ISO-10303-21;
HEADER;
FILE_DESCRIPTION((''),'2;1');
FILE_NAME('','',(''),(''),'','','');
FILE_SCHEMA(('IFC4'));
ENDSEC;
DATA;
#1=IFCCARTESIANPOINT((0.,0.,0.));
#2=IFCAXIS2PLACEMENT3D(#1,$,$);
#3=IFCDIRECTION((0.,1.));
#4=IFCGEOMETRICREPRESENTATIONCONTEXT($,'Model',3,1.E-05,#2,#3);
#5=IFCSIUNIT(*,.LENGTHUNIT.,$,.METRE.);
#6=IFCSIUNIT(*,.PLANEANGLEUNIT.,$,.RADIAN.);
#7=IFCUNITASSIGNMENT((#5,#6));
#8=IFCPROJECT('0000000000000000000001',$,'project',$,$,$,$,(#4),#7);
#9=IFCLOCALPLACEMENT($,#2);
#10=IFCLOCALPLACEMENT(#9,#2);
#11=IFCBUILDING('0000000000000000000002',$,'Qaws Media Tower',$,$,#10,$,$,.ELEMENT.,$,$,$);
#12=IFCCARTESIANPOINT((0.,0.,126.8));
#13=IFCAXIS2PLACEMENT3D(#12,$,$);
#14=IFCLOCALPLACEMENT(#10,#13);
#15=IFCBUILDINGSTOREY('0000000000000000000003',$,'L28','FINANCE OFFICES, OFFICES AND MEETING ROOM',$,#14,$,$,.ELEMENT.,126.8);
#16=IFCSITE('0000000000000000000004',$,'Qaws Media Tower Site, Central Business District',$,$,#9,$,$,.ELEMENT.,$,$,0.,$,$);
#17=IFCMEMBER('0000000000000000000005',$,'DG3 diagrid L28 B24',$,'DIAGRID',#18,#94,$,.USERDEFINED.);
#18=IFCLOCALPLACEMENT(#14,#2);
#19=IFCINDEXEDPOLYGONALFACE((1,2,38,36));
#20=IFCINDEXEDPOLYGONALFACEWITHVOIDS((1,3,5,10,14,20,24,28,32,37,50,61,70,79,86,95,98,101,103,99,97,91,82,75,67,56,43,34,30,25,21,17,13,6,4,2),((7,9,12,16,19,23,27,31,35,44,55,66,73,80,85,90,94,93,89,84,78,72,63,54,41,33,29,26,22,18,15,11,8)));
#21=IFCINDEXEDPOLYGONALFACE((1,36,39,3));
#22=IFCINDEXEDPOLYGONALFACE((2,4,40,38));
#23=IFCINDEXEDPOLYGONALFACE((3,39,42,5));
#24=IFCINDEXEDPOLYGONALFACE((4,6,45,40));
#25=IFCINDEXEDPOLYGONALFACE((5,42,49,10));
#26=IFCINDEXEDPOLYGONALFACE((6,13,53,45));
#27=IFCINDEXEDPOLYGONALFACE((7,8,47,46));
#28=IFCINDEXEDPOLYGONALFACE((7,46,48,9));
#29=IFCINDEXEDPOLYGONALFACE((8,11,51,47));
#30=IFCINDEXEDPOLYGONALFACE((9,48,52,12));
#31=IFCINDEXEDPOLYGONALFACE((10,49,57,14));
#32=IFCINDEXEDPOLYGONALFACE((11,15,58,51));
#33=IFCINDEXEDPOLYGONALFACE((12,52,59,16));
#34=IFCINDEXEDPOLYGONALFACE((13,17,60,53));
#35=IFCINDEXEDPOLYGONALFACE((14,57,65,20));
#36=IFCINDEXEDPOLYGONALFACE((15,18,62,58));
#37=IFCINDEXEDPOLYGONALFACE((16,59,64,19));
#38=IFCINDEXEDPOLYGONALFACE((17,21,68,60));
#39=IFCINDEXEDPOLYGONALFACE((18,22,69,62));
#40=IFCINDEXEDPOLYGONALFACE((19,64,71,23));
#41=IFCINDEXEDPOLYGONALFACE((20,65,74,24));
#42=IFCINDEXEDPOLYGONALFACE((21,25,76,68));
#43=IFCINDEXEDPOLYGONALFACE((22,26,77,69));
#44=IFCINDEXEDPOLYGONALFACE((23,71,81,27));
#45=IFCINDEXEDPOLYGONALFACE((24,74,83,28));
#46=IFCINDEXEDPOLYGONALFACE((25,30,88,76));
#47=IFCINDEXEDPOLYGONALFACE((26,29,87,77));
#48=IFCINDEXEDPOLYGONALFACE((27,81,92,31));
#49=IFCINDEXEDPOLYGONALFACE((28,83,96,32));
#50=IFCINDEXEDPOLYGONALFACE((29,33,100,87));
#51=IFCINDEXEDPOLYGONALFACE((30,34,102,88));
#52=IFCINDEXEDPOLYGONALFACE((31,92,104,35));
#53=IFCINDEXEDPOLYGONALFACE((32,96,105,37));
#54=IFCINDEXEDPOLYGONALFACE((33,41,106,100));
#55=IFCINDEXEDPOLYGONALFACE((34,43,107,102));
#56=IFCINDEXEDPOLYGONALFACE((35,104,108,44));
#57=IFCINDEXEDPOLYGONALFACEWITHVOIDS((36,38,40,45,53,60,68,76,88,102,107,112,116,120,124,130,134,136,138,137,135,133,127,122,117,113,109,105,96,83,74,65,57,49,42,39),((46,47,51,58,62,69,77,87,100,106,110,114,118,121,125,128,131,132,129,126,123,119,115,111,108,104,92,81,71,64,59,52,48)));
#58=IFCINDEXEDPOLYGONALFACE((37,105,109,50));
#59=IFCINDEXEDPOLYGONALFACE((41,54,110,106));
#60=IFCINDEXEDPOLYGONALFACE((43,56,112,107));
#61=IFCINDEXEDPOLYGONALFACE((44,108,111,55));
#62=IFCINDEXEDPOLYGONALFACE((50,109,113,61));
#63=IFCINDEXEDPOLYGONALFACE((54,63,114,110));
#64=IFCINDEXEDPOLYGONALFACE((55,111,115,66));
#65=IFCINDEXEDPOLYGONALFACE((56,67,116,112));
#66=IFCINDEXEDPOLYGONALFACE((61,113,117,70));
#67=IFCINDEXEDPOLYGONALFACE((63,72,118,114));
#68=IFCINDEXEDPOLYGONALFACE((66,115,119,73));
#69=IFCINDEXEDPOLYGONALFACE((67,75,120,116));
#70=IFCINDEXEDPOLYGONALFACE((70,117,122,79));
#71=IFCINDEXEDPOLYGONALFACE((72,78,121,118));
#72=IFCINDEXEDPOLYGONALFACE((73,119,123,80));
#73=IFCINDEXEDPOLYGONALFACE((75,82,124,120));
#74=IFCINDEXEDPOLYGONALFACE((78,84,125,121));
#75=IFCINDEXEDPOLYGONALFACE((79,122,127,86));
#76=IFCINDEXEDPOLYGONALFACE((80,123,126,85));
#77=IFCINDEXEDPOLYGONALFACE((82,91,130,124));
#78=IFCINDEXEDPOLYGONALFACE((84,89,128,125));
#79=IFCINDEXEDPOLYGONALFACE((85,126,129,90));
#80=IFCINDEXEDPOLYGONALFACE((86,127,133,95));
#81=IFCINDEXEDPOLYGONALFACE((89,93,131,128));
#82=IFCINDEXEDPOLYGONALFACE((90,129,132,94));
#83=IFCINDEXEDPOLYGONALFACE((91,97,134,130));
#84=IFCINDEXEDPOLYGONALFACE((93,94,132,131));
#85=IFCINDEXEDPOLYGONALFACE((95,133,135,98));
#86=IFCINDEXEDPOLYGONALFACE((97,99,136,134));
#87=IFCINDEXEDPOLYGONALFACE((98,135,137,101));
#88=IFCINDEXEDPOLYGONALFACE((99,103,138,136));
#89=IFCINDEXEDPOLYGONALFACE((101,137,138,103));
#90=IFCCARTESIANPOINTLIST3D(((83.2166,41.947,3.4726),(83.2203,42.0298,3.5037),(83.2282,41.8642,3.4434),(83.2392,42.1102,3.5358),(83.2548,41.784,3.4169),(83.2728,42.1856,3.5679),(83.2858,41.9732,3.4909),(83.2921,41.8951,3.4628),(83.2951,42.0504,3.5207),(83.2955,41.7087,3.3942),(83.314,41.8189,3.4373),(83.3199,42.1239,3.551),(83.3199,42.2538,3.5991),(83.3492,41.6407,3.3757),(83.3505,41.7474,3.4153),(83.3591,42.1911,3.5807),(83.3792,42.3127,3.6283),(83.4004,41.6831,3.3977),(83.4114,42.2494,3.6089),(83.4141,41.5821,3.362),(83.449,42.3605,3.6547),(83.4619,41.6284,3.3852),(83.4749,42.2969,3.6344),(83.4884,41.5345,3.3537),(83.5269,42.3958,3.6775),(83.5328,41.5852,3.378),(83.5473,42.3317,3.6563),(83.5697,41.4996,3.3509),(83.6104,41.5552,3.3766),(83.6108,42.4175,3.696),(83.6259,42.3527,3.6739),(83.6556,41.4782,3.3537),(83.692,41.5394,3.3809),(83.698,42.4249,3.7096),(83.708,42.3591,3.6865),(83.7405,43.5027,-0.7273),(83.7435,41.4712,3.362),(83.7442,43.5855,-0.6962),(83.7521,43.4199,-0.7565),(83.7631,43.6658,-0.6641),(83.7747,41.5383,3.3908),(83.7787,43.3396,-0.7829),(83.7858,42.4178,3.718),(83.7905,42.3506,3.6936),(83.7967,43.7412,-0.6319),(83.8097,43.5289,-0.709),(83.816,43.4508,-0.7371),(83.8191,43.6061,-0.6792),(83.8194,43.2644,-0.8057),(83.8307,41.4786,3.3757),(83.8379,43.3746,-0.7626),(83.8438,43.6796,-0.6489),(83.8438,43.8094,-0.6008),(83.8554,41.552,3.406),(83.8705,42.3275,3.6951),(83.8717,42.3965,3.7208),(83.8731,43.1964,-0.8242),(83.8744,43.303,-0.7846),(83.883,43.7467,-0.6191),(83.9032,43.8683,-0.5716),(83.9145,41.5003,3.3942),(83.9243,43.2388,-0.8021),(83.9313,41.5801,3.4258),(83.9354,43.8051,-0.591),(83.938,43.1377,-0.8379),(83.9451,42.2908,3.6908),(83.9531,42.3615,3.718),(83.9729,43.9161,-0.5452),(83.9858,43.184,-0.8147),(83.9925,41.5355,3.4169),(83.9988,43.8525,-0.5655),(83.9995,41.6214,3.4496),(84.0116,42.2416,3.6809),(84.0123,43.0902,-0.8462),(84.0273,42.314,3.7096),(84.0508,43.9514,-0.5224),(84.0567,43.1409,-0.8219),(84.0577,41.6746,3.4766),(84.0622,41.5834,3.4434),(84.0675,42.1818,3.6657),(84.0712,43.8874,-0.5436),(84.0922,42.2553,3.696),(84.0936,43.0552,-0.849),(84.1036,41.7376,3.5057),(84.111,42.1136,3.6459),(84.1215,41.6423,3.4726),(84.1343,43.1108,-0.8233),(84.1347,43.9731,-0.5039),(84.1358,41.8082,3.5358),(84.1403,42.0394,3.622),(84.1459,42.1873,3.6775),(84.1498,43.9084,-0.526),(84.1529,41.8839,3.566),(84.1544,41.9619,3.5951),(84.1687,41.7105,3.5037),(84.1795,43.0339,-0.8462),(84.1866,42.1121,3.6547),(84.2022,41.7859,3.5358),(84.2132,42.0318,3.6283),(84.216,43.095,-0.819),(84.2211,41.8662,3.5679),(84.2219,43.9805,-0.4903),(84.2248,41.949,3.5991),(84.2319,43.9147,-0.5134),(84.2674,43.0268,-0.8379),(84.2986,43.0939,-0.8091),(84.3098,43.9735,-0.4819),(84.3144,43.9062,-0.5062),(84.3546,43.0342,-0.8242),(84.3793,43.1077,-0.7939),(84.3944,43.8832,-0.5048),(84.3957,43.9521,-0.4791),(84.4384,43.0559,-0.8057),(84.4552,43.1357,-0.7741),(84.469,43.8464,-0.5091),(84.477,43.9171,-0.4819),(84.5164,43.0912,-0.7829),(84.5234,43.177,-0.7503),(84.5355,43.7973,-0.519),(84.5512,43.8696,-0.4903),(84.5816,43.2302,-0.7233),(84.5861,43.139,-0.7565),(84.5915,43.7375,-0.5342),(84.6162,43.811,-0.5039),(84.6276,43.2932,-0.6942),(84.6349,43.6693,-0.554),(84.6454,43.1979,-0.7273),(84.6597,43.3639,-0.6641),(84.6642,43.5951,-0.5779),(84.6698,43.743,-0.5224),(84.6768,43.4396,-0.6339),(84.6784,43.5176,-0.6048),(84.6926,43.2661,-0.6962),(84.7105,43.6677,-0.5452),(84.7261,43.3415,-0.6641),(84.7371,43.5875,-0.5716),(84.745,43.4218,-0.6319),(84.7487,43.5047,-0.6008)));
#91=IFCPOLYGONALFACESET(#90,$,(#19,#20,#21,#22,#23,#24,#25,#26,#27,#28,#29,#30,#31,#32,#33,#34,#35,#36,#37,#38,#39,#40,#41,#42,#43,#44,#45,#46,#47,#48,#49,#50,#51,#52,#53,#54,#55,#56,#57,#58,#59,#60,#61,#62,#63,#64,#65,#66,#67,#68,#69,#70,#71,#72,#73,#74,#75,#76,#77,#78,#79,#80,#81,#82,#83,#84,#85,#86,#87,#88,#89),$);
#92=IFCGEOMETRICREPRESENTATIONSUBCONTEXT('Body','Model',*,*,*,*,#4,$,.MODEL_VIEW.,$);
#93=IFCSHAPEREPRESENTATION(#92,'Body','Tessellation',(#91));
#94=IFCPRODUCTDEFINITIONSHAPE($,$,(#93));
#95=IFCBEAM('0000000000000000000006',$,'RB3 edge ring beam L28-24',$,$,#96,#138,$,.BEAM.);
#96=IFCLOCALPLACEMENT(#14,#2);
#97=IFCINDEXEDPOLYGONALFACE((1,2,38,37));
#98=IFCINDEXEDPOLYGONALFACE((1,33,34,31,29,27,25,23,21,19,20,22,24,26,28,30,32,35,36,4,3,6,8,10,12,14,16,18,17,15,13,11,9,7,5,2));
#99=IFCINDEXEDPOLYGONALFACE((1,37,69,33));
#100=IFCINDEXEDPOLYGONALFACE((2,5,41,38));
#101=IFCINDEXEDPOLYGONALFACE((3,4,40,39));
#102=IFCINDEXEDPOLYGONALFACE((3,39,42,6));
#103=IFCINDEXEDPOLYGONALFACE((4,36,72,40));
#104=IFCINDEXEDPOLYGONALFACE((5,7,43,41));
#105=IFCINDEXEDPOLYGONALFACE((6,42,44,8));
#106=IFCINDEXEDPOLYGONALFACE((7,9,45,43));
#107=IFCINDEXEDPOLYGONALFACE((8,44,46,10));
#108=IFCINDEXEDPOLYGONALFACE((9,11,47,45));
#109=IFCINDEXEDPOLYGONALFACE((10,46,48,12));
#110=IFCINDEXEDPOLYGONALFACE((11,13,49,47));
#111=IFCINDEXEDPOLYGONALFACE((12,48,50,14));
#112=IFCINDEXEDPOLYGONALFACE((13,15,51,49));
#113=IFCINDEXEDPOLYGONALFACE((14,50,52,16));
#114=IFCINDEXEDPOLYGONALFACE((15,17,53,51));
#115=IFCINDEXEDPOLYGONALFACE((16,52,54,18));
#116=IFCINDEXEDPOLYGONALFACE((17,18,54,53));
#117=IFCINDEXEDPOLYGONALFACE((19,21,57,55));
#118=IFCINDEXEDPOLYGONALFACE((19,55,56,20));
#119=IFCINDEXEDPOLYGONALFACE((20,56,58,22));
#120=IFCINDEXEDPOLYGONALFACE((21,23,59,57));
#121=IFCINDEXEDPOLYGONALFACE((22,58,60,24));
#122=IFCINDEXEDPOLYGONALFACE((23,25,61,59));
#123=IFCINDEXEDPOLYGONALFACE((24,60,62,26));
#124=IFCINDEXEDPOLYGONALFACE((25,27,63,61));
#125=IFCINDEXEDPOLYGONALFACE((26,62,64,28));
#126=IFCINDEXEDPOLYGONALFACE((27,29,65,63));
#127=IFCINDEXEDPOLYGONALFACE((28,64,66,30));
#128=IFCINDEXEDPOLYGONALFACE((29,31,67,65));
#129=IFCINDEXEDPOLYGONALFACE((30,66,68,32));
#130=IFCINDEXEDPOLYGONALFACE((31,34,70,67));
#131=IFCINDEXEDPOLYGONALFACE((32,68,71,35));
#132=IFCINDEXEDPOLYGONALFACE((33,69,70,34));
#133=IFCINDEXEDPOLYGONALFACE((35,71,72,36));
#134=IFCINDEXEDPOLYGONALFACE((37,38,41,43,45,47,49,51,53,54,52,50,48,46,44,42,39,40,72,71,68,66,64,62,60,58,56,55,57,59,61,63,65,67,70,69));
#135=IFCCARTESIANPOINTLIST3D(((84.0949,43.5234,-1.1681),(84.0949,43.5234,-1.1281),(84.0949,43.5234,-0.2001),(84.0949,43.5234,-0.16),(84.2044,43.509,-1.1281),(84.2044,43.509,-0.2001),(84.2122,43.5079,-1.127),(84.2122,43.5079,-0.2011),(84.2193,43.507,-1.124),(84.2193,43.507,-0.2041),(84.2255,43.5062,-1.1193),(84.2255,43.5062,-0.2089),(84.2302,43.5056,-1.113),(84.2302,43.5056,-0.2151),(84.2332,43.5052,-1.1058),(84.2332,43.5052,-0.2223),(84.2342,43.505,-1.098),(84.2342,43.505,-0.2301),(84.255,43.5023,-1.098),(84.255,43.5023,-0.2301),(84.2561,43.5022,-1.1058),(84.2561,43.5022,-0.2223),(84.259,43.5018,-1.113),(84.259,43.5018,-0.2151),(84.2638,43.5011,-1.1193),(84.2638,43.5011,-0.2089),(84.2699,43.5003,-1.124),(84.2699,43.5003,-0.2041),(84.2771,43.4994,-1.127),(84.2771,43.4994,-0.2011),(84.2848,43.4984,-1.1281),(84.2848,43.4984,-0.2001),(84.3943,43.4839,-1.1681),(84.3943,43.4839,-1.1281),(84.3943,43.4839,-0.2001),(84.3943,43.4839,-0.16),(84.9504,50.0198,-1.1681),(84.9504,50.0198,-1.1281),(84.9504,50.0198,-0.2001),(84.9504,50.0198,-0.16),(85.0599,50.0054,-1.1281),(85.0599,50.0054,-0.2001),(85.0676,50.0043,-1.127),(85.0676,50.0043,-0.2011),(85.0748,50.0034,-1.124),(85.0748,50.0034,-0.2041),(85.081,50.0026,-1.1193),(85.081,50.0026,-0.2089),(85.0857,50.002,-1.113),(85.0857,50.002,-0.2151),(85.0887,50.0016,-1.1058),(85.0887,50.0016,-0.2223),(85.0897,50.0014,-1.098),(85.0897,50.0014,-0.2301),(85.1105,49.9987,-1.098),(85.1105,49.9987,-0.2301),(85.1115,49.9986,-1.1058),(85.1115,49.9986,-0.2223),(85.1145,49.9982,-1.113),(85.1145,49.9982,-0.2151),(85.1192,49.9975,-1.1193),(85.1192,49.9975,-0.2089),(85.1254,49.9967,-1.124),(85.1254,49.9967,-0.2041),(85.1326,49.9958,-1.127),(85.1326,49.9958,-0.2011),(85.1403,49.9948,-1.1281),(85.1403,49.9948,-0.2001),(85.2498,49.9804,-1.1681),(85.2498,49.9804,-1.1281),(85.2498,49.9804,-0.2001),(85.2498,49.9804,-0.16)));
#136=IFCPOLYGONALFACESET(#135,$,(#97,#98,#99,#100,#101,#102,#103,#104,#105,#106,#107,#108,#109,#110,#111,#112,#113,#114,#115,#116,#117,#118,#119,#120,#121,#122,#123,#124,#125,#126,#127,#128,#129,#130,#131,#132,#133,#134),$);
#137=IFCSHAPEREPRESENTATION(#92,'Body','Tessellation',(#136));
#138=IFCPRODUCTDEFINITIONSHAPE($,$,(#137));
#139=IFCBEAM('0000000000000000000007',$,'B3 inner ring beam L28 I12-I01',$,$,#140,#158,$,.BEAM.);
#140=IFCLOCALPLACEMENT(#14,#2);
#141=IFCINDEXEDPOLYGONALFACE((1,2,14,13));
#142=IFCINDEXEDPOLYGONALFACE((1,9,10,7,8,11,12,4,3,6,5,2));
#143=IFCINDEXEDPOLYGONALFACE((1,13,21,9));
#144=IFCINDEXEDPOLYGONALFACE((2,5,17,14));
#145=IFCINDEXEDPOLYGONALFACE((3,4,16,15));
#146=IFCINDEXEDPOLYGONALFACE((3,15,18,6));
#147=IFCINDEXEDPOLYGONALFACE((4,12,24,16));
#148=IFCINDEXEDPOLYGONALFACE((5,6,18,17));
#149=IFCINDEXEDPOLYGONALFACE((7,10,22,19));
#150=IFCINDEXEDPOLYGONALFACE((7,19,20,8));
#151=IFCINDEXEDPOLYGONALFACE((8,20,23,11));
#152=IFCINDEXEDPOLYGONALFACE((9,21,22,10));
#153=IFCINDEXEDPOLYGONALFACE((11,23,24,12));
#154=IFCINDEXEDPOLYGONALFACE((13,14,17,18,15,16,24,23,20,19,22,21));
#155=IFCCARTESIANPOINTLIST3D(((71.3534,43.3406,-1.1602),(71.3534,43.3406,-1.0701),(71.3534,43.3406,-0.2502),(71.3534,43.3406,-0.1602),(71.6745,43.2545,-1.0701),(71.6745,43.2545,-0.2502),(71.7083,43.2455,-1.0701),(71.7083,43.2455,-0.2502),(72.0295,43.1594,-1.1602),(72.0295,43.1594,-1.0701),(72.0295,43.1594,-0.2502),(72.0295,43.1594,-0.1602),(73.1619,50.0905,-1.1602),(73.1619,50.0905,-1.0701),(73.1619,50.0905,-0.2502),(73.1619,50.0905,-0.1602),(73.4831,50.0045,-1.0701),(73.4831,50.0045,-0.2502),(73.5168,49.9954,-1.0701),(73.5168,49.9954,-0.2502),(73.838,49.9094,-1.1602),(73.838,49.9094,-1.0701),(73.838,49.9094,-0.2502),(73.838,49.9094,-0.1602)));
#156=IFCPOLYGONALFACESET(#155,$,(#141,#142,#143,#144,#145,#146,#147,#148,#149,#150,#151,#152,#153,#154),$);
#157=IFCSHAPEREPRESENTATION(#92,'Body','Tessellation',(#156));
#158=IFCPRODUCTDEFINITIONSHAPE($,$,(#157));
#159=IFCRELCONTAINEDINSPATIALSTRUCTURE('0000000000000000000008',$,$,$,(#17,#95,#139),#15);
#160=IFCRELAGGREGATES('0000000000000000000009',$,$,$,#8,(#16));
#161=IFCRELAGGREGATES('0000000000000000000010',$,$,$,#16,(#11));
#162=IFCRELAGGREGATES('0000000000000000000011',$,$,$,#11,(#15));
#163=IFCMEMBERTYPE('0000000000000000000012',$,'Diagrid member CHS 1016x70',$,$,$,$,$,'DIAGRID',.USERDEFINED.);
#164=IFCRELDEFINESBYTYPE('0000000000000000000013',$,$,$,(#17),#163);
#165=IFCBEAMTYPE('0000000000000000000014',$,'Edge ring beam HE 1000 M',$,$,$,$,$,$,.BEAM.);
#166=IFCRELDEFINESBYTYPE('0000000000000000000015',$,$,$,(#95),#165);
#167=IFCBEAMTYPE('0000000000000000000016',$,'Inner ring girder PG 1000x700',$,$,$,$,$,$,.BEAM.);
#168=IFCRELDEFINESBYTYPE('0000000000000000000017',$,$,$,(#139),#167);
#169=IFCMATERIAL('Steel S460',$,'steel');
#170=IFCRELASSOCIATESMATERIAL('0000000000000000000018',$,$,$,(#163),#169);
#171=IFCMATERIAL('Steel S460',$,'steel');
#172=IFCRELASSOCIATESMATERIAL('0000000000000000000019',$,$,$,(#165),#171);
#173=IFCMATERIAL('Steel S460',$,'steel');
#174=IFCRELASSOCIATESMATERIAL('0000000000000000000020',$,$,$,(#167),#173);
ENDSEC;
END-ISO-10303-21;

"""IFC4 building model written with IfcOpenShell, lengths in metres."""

from ifc_helpers import new_model, si_unit, direction, frame, origin, origin_2d, place, context, subcontext, project, spatial, hollow_circle, i_section, extrude, material, material_profile, profile_set, type_object, element, save


model = new_model("IFC4")

# Units and contexts
model_context = context("Model", 3, precision=1e-05, world=origin(), true_north=direction((0.0, 1.0)))
body_context = subcontext(model_context, "Body", "Model", "MODEL_VIEW")
ifc_project = project(units=[si_unit("LENGTHUNIT", "METRE"), si_unit("PLANEANGLEUNIT", "RADIAN")], contexts=[model_context])

# Site, building, storey
site_placement = place(None, origin())
site = spatial("IfcSite", under=ifc_project, at=site_placement, Name="Qaws Media Tower Site, Central Business District", CompositionType="ELEMENT", RefElevation=0.0)
building_placement = place(site_placement, origin())
building = spatial("IfcBuilding", under=site, at=building_placement, Name="Qaws Media Tower", CompositionType="ELEMENT")
storey_placement = place(building_placement, frame((0.0, 0.0, 126.8)))
storey = spatial("IfcBuildingStorey", under=building, at=storey_placement, Name="L28", Description="FINANCE OFFICES, OFFICES AND MEETING ROOM", CompositionType="ELEMENT", Elevation=126.8)

# Member
ifc_material_1 = material(Name="Steel S460", Category="steel")
ifc_material_profile_1 = material_profile(ifc_material_1, hollow_circle(Radius=0.5081, WallThickness=0.0701, at=origin_2d()), Name="CHS 1016x70")
ifc_profile_set_1 = profile_set([ifc_material_profile_1], Name="Steel S460")
member_type_1 = type_object("IfcMemberType", Name="Diagrid member CHS 1016x70", ElementType="DIAGRID", PredefinedType="USERDEFINED", material=ifc_profile_set_1)
for number, where, z_axis, x_axis, name in (
    (1, (84.2446, 43.5037, -0.6641), (-0.116187, -0.344987, 0.931389), (0.947697, -0.319171, 0.0), "DG3 diagrid L28 B24"),
):
    element("IfcMember", number, at=place(storey_placement, frame(where, z_axis=z_axis, x_axis=x_axis)), inside=storey, type_object=member_type_1, Name=name, ObjectType="DIAGRID", PredefinedType="USERDEFINED", context=body_context, shape_type="SweptSolid", body=[
        extrude(hollow_circle(Radius=0.5081, WallThickness=0.0701, at=origin_2d()), origin(), (0.0, 0.0, 1.0), 4.5093),
    ])

# Beams
ifc_material_2 = material(Name="Steel S460", Category="steel")
ifc_material_profile_2 = material_profile(ifc_material_2, i_section(OverallWidth=0.302, OverallDepth=1.0081, WebThickness=0.021, FlangeThickness=0.04, FilletRadius=0.03, at=origin_2d()), Name="HE 1000 M")
ifc_profile_set_2 = profile_set([ifc_material_profile_2], Name="Steel S460")
beam_type_1 = type_object("IfcBeamType", Name="Edge ring beam HE 1000 M", PredefinedType="BEAM", material=ifc_profile_set_2)
beam_1_placement = place(storey_placement, frame((84.2446, 43.5037, -0.6641), z_axis=(0.130558, 0.991441, 0.0), x_axis=(-0.991441, 0.130558, 0.0)))
element("IfcBeam", 2, at=beam_1_placement, inside=storey, type_object=beam_type_1, Name="RB3 edge ring beam L28-24", PredefinedType="BEAM", context=body_context, shape_type="SweptSolid", body=[
    extrude(i_section(OverallWidth=0.302, OverallDepth=1.0081, WebThickness=0.021, FlangeThickness=0.04, FilletRadius=0.03, at=origin_2d()), origin(), (0.0, 0.0, 1.0), 6.5525),
])
ifc_material_3 = material(Name="Steel S460", Category="steel")
ifc_material_profile_3 = material_profile(ifc_material_3, i_section(OverallWidth=0.7, OverallDepth=1.0, WebThickness=0.0349, FlangeThickness=0.0901, at=origin_2d()), Name="PG 1000x700")
ifc_profile_set_3 = profile_set([ifc_material_profile_3], Name="Steel S460")
beam_type_2 = type_object("IfcBeamType", Name="Inner ring girder PG 1000x700", PredefinedType="BEAM", material=ifc_profile_set_3)
beam_2_placement = place(storey_placement, frame((71.6914, 43.25, -0.6602), z_axis=(0.258811, 0.965928, 0.0), x_axis=(-0.965928, 0.258811, 0.0)))
element("IfcBeam", 3, at=beam_2_placement, inside=storey, type_object=beam_type_2, Name="B3 inner ring beam L28 I12-I01", PredefinedType="BEAM", context=body_context, shape_type="SweptSolid", body=[
    extrude(i_section(OverallWidth=0.7, OverallDepth=1.0, WebThickness=0.0349, FlangeThickness=0.0901, at=origin_2d()), origin(), (0.0, 0.0, 1.0), 6.988),
])

save(model, "model.ifc")
